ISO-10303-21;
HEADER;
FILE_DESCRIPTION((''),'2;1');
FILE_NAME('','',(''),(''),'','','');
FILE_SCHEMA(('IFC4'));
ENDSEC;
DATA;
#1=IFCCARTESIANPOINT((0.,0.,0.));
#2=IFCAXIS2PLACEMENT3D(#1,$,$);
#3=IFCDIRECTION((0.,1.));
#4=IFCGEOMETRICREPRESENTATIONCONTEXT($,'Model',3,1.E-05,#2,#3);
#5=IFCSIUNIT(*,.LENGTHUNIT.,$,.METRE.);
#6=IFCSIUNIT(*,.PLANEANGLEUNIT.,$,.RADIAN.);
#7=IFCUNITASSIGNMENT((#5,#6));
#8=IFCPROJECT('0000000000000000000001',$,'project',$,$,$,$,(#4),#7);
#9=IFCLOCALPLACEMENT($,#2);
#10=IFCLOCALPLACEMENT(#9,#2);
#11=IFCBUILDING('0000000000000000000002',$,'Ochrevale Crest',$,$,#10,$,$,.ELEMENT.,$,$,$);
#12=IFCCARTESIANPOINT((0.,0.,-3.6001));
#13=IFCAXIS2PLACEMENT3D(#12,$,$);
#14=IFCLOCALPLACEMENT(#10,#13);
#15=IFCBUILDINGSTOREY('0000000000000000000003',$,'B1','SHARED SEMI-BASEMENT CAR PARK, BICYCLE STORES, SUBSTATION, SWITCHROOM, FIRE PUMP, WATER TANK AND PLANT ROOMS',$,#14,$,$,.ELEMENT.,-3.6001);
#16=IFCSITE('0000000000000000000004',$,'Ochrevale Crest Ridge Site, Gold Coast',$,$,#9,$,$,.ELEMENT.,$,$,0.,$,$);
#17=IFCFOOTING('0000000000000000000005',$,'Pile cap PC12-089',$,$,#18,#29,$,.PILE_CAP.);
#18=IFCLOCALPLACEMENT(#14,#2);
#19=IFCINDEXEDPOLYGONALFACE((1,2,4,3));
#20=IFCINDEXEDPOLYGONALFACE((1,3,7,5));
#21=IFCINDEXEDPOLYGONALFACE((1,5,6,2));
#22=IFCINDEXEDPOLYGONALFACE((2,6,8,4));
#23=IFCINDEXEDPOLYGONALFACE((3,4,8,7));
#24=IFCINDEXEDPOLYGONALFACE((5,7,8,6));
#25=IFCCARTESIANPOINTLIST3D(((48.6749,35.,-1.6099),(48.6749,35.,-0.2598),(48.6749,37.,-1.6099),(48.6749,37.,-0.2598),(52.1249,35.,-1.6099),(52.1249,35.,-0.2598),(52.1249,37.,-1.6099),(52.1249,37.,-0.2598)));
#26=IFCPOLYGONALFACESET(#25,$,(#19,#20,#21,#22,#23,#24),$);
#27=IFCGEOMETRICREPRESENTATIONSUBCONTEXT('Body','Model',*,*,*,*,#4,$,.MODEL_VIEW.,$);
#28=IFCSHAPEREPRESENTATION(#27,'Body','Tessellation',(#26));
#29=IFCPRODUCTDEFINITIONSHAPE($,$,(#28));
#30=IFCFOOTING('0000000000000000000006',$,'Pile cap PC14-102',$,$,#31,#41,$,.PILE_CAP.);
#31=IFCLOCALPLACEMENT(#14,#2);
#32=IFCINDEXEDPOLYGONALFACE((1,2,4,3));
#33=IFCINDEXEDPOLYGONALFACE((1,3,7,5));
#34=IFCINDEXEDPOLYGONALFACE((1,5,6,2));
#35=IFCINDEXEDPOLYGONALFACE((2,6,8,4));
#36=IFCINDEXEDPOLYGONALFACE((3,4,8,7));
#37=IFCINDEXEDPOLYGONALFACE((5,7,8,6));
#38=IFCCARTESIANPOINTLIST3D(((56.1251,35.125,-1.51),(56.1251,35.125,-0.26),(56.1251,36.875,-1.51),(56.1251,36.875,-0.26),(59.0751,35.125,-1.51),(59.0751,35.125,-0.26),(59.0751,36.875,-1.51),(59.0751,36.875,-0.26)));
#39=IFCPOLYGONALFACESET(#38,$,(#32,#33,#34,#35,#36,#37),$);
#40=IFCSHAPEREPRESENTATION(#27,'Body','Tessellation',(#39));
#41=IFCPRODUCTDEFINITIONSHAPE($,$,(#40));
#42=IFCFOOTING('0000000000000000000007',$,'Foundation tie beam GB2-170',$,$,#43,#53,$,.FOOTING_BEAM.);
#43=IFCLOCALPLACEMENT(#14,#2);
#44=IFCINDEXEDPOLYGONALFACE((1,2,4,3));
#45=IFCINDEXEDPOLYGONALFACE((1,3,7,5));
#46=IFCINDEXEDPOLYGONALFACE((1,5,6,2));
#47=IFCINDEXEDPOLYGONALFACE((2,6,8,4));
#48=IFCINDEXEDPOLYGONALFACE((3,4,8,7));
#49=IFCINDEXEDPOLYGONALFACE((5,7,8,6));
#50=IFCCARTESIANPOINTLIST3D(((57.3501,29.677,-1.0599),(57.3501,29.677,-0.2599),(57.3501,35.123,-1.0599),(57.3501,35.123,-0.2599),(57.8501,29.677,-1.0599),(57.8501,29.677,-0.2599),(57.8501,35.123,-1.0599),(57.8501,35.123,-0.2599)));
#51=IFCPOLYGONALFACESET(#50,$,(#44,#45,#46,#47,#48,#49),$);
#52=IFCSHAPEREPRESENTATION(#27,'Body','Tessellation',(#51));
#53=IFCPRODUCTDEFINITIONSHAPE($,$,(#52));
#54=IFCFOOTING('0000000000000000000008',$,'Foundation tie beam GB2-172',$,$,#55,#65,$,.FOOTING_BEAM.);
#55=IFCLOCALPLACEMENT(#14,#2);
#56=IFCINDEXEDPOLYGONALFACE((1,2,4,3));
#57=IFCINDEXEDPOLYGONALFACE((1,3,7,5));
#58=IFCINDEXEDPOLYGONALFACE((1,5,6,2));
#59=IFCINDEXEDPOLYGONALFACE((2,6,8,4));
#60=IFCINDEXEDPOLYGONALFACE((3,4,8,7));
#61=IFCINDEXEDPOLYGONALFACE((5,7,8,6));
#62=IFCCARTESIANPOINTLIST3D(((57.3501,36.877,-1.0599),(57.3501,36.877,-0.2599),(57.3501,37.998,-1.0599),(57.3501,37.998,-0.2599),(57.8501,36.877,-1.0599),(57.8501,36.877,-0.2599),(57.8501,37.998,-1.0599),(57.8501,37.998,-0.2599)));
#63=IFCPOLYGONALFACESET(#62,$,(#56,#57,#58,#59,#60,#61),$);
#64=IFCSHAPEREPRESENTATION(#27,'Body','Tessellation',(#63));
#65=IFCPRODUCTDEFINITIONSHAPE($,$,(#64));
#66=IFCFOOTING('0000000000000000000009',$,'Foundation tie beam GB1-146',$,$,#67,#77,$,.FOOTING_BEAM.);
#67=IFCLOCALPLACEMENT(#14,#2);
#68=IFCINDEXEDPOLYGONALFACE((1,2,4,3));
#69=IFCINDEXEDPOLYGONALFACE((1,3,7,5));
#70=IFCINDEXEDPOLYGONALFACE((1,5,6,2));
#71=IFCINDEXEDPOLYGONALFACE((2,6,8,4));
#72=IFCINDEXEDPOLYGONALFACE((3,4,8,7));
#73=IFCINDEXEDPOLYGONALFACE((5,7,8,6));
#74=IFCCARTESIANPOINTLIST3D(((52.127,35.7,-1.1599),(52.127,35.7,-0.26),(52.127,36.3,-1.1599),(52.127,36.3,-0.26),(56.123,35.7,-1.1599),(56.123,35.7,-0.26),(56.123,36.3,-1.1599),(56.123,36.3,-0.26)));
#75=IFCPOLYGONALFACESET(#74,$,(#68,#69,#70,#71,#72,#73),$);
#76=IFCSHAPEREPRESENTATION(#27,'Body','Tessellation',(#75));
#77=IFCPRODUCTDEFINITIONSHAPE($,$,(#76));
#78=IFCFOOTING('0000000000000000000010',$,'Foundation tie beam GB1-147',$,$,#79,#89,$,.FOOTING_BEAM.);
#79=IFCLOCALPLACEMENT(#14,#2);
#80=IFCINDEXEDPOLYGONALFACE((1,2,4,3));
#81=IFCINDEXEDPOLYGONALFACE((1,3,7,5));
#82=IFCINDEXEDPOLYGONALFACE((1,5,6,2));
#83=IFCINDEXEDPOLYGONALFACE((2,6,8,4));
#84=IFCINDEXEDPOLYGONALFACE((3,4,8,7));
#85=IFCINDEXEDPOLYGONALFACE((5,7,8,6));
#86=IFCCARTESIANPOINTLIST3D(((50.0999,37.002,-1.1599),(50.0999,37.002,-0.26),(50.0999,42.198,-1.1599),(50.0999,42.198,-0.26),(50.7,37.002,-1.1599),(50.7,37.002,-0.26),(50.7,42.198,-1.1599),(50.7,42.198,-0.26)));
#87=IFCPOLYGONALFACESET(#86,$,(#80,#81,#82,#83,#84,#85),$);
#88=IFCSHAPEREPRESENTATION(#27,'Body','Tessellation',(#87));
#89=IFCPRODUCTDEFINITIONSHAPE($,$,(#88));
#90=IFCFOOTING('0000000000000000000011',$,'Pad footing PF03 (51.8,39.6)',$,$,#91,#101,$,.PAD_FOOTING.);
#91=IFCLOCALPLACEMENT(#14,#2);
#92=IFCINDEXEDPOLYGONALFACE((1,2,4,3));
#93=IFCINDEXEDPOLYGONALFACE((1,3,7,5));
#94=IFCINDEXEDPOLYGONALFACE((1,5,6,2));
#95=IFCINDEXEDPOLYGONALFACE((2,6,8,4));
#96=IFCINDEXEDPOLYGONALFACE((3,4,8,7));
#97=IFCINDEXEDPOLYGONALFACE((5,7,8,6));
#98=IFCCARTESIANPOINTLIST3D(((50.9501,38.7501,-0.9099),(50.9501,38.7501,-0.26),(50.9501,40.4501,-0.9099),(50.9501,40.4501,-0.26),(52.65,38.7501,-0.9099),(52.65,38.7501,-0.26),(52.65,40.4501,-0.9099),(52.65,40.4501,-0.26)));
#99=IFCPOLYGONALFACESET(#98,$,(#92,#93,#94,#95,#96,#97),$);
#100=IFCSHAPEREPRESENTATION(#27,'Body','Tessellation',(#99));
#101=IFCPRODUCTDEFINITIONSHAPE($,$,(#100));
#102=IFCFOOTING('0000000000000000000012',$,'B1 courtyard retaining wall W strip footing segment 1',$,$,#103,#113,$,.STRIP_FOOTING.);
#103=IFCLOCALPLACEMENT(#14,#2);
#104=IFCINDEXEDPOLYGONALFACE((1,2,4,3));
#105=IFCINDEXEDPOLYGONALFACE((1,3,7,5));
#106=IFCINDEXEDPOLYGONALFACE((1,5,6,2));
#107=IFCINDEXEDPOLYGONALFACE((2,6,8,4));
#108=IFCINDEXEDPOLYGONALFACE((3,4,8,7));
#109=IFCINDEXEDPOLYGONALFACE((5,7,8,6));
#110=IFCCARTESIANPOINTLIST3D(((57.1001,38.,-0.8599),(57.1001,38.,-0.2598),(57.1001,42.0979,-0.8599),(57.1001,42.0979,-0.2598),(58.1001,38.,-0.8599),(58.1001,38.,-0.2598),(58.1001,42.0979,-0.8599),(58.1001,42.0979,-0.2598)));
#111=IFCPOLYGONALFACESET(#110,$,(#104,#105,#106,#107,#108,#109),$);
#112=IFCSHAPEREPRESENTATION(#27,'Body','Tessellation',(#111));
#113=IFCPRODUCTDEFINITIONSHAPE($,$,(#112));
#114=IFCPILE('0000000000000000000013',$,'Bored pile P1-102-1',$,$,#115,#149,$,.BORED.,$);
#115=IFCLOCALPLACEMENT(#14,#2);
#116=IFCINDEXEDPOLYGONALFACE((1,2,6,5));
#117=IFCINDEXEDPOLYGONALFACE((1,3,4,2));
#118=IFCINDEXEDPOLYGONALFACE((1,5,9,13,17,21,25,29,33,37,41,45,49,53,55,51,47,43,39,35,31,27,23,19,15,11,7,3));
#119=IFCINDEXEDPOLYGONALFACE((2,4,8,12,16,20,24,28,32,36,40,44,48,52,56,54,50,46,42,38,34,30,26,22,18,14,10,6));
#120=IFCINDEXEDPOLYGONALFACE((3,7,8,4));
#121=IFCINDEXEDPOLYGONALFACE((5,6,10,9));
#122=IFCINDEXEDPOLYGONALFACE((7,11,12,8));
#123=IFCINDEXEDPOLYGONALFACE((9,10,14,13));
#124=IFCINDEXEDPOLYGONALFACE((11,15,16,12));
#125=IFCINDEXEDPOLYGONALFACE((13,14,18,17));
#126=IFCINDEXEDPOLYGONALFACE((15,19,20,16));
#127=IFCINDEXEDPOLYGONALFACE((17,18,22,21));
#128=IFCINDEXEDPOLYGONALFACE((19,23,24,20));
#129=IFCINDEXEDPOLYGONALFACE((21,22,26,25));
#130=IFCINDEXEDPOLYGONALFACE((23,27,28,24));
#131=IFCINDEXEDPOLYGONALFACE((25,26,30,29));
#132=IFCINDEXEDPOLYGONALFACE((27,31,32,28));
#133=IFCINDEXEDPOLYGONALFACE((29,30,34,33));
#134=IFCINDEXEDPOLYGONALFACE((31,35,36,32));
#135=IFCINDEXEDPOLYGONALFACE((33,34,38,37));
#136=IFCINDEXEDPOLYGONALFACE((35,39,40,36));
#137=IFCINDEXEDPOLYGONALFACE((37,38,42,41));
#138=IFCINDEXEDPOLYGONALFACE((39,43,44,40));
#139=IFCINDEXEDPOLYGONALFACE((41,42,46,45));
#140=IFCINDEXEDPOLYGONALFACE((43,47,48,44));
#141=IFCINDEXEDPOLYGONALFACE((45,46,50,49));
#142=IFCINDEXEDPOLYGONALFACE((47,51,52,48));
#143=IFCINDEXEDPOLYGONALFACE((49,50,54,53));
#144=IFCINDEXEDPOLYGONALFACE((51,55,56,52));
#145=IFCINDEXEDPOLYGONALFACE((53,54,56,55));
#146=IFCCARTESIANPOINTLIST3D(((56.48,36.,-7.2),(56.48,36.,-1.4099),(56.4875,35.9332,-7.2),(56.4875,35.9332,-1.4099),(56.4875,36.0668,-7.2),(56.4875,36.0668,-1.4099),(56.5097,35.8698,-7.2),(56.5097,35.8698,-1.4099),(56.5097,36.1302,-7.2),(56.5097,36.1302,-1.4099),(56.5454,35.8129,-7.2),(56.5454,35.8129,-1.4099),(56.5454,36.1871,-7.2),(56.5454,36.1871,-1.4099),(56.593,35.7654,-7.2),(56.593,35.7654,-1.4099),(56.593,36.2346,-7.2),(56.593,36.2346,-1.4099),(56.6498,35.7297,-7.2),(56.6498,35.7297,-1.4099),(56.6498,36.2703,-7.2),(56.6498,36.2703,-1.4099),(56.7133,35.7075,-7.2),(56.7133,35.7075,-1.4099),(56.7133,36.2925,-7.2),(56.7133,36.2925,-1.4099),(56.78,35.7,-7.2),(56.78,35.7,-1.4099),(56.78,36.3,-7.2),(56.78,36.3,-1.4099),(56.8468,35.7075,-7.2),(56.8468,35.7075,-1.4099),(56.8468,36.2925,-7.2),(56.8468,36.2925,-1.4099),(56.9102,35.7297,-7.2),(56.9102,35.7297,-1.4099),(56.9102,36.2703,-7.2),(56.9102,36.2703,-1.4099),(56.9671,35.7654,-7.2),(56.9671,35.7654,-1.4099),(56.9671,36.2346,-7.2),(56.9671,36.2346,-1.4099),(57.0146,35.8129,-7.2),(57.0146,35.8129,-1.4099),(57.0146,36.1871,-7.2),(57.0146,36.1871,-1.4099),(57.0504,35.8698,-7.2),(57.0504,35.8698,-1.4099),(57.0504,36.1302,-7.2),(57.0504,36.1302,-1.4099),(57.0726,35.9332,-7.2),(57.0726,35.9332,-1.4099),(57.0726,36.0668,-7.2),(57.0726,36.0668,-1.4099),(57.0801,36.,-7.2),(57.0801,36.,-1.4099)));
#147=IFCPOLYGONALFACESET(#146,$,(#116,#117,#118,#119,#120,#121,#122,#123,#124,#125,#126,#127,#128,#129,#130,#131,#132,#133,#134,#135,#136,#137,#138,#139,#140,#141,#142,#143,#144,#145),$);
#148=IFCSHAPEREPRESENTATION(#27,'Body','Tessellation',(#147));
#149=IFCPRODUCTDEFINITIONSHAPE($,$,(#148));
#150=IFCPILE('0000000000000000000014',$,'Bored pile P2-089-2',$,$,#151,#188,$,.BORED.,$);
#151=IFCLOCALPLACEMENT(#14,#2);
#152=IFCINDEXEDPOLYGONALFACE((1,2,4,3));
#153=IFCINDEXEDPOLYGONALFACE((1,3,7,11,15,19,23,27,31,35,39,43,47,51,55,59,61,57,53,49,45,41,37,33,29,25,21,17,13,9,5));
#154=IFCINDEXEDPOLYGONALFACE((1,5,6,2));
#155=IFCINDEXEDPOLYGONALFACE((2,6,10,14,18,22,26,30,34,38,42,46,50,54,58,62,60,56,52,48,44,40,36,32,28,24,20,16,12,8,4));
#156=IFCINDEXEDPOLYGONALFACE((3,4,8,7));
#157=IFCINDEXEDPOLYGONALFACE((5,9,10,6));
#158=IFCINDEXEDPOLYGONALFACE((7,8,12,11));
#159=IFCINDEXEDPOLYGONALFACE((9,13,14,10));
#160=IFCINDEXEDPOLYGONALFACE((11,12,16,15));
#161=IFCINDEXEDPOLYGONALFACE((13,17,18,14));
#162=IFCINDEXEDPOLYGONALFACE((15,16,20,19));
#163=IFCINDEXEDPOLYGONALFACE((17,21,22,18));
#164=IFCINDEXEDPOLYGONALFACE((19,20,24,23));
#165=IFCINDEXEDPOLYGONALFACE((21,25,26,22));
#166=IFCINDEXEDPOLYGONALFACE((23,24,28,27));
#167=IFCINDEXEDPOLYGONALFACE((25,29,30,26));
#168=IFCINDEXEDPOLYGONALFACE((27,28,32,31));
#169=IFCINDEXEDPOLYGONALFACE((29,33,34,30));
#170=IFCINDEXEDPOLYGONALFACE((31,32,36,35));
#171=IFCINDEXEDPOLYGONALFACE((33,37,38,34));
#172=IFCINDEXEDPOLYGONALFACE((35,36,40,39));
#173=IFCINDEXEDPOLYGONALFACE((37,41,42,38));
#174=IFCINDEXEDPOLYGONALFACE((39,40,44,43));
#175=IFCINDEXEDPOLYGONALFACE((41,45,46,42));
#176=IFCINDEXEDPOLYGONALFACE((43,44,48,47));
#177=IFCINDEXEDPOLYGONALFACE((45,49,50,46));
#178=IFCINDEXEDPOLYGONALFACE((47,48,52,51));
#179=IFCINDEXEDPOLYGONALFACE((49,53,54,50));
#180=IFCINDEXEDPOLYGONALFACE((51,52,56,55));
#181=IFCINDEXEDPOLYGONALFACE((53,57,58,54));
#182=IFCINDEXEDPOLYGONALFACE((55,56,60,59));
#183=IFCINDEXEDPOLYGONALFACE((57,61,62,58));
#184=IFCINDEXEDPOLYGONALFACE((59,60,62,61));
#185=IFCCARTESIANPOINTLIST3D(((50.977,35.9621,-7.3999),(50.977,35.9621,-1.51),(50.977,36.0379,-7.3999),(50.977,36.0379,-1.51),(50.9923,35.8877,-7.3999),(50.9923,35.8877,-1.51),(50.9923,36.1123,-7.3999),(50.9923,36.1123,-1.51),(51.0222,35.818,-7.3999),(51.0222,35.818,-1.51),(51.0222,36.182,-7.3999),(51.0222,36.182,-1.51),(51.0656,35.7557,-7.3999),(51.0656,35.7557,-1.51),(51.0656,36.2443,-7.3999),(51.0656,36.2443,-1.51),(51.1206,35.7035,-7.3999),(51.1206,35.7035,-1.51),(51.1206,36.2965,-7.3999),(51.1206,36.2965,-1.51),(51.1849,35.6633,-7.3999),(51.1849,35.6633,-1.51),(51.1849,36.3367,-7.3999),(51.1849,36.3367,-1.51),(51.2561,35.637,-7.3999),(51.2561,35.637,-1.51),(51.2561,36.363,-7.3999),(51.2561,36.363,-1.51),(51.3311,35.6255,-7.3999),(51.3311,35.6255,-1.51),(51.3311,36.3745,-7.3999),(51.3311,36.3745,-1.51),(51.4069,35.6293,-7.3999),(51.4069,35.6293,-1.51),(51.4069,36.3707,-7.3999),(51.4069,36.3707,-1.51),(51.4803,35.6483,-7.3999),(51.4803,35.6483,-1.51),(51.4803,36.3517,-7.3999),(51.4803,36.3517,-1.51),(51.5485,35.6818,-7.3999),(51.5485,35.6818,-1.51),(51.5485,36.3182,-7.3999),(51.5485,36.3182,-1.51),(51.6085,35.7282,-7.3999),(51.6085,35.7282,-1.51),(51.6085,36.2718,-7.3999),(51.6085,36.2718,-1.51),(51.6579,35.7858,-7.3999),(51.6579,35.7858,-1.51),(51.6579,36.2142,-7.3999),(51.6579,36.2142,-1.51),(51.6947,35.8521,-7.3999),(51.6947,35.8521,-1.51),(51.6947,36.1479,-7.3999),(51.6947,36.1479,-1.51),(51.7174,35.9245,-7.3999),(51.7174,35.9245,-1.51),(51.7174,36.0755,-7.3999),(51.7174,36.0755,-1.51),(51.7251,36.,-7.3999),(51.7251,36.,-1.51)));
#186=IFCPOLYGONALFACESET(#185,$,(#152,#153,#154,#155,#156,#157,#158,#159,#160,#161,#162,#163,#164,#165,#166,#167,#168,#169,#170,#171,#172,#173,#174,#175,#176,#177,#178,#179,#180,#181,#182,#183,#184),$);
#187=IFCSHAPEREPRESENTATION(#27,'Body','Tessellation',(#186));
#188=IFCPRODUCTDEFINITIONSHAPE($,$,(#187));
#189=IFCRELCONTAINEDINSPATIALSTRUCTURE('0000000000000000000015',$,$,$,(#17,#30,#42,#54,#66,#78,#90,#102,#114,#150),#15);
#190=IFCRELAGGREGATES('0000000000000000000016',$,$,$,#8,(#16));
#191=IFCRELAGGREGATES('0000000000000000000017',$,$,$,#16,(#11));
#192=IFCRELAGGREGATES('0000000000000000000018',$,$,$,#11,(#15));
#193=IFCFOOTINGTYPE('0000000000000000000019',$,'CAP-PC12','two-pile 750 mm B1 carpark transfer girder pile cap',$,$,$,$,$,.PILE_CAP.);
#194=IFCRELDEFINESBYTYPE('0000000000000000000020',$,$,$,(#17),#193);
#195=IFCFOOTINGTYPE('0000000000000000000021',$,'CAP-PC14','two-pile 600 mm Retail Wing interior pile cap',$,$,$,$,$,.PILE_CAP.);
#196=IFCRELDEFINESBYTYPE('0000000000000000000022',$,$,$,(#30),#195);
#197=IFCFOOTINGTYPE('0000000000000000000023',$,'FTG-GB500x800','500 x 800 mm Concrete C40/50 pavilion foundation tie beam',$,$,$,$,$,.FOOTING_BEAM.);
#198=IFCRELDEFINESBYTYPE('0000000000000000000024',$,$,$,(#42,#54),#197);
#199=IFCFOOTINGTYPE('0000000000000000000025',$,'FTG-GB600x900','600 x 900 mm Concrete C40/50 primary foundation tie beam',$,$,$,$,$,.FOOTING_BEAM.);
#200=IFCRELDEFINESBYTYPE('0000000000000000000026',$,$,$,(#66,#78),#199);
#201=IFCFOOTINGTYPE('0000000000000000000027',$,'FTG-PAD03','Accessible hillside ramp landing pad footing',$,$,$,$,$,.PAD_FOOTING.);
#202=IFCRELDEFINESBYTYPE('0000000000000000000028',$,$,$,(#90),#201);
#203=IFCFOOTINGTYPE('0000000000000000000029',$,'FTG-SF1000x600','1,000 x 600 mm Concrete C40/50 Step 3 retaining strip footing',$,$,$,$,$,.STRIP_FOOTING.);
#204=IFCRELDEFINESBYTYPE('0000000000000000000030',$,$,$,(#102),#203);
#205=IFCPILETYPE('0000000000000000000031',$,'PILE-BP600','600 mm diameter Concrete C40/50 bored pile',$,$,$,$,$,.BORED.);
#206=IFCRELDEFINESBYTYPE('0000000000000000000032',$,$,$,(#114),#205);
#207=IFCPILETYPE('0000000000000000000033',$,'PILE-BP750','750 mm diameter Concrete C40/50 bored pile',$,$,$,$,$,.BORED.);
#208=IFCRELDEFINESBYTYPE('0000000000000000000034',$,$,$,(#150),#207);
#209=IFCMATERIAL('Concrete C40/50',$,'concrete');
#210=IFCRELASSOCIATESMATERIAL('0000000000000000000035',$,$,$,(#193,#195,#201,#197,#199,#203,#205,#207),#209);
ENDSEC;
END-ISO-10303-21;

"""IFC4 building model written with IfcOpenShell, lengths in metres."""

from ifc_helpers import new_model, si_unit, direction, frame, origin, origin_2d, place, context, subcontext, project, spatial, rectangle, circle, extrude, material, material_profile, profile_set, type_object, element, save


model = new_model("IFC4")

# Units and contexts
model_context = context("Model", 3, precision=1e-05, world=origin(), true_north=direction((0.0, 1.0)))
body_context = subcontext(model_context, "Body", "Model", "MODEL_VIEW")
ifc_project = project(units=[si_unit("LENGTHUNIT", "METRE"), si_unit("PLANEANGLEUNIT", "RADIAN")], contexts=[model_context])

# Site, building, storey
site_placement = place(None, origin())
site = spatial("IfcSite", under=ifc_project, at=site_placement, Name="Ochrevale Crest Ridge Site, Gold Coast", CompositionType="ELEMENT", RefElevation=0.0)
building_placement = place(site_placement, origin())
building = spatial("IfcBuilding", under=site, at=building_placement, Name="Ochrevale Crest", CompositionType="ELEMENT")
storey_placement = place(building_placement, frame((0.0, 0.0, -3.6001)))
storey = spatial("IfcBuildingStorey", under=building, at=storey_placement, Name="B1", Description="SHARED SEMI-BASEMENT CAR PARK, BICYCLE STORES, SUBSTATION, SWITCHROOM, FIRE PUMP, WATER TANK AND PLANT ROOMS", CompositionType="ELEMENT", Elevation=-3.6001)

# Footings
ifc_material_1 = material(Name="Concrete C40/50", Category="concrete")
footing_type_1 = type_object("IfcFootingType", Name="CAP-PC12", Description="two-pile 750 mm B1 carpark transfer girder pile cap", PredefinedType="PILE_CAP", material=ifc_material_1)
footing_1_placement = place(storey_placement, frame((50.3999, 36.0, -1.6099), z_axis=(0.0, 0.0, 1.0), x_axis=(1.0, 0.0, 0.0)))
element("IfcFooting", 1, at=footing_1_placement, inside=storey, type_object=footing_type_1, Name="Pile cap PC12-089", PredefinedType="PILE_CAP", context=body_context, shape_type="SweptSolid", body=[
    extrude(rectangle(XDim=3.45, YDim=2.0, at=origin_2d()), origin(), (0.0, 0.0, 1.0), 1.3501),
])
footing_type_2 = type_object("IfcFootingType", Name="CAP-PC14", Description="two-pile 600 mm Retail Wing interior pile cap", PredefinedType="PILE_CAP", material=ifc_material_1)
footing_2_placement = place(storey_placement, frame((57.6001, 36.0, -1.51), z_axis=(0.0, 0.0, 1.0), x_axis=(1.0, 0.0, 0.0)))
element("IfcFooting", 2, at=footing_2_placement, inside=storey, type_object=footing_type_2, Name="Pile cap PC14-102", PredefinedType="PILE_CAP", context=body_context, shape_type="SweptSolid", body=[
    extrude(rectangle(XDim=2.95, YDim=1.75, at=origin_2d()), origin(), (0.0, 0.0, 1.0), 1.25),
])
ifc_material_profile_1 = material_profile(ifc_material_1, rectangle(XDim=0.5, YDim=0.8, at=origin_2d()), Name="GB 500x800")
ifc_profile_set_1 = profile_set([ifc_material_profile_1], Name="Concrete C40/50")
footing_type_3 = type_object("IfcFootingType", Name="FTG-GB500x800", Description="500 x 800 mm Concrete C40/50 pavilion foundation tie beam", PredefinedType="FOOTING_BEAM", material=ifc_profile_set_1)
footing_3_placement = place(storey_placement, frame((57.6001, 29.677, -0.6599), z_axis=(0.0, 1.0, 0.0), x_axis=(-1.0, 0.0, 0.0)))
element("IfcFooting", 3, at=footing_3_placement, inside=storey, type_object=footing_type_3, Name="Foundation tie beam GB2-170", PredefinedType="FOOTING_BEAM", context=body_context, shape_type="SweptSolid", body=[
    extrude(rectangle(XDim=0.5, YDim=0.8, at=origin_2d()), origin(), (0.0, 0.0, 1.0), 5.446),
])
footing_4_placement = place(storey_placement, frame((57.6001, 36.877, -0.6599), z_axis=(0.0, 1.0, 0.0), x_axis=(-1.0, 0.0, 0.0)))
element("IfcFooting", 4, at=footing_4_placement, inside=storey, type_object=footing_type_3, Name="Foundation tie beam GB2-172", PredefinedType="FOOTING_BEAM", context=body_context, shape_type="SweptSolid", body=[
    extrude(rectangle(XDim=0.5, YDim=0.8, at=origin_2d()), origin(), (0.0, 0.0, 1.0), 1.1211),
])
ifc_material_profile_2 = material_profile(ifc_material_1, rectangle(XDim=0.6001, YDim=0.8999, at=origin_2d()), Name="GB 600x900")
ifc_profile_set_2 = profile_set([ifc_material_profile_2], Name="Concrete C40/50")
footing_type_4 = type_object("IfcFootingType", Name="FTG-GB600x900", Description="600 x 900 mm Concrete C40/50 primary foundation tie beam", PredefinedType="FOOTING_BEAM", material=ifc_profile_set_2)
footing_5_placement = place(storey_placement, frame((52.127, 36.0, -0.71), z_axis=(1.0, 0.0, 0.0), x_axis=(0.0, 1.0, 0.0)))
element("IfcFooting", 5, at=footing_5_placement, inside=storey, type_object=footing_type_4, Name="Foundation tie beam GB1-146", PredefinedType="FOOTING_BEAM", context=body_context, shape_type="SweptSolid", body=[
    extrude(rectangle(XDim=0.6001, YDim=0.8999, at=origin_2d()), origin(), (0.0, 0.0, 1.0), 3.9961),
])
footing_6_placement = place(storey_placement, frame((50.3999, 37.002, -0.71), z_axis=(0.0, 1.0, 0.0), x_axis=(-1.0, 0.0, 0.0)))
element("IfcFooting", 6, at=footing_6_placement, inside=storey, type_object=footing_type_4, Name="Foundation tie beam GB1-147", PredefinedType="FOOTING_BEAM", context=body_context, shape_type="SweptSolid", body=[
    extrude(rectangle(XDim=0.6001, YDim=0.8999, at=origin_2d()), origin(), (0.0, 0.0, 1.0), 5.196),
])
footing_type_5 = type_object("IfcFootingType", Name="FTG-PAD03", Description="Accessible hillside ramp landing pad footing", PredefinedType="PAD_FOOTING", material=ifc_material_1)
footing_7_placement = place(storey_placement, frame((51.8, 39.6001, -0.9099), z_axis=(0.0, 0.0, 1.0), x_axis=(1.0, 0.0, 0.0)))
element("IfcFooting", 7, at=footing_7_placement, inside=storey, type_object=footing_type_5, Name="Pad footing PF03 (51.8,39.6)", PredefinedType="PAD_FOOTING", context=body_context, shape_type="SweptSolid", body=[
    extrude(rectangle(XDim=1.7, YDim=1.7, at=origin_2d()), origin(), (0.0, 0.0, 1.0), 0.6499),
])
ifc_material_profile_3 = material_profile(ifc_material_1, rectangle(XDim=1.0, YDim=0.6001, at=origin_2d()), Name="SF 1000x600")
ifc_profile_set_3 = profile_set([ifc_material_profile_3], Name="Concrete C40/50")
footing_type_6 = type_object("IfcFootingType", Name="FTG-SF1000x600", Description="1,000 x 600 mm Concrete C40/50 Step 3 retaining strip footing", PredefinedType="STRIP_FOOTING", material=ifc_profile_set_3)
footing_8_placement = place(storey_placement, frame((57.6001, 38.0, -0.5598), z_axis=(0.0, 1.0, 0.0), x_axis=(-1.0, 0.0, 0.0)))
element("IfcFooting", 8, at=footing_8_placement, inside=storey, type_object=footing_type_6, Name="B1 courtyard retaining wall W strip footing segment 1", PredefinedType="STRIP_FOOTING", context=body_context, shape_type="SweptSolid", body=[
    extrude(rectangle(XDim=1.0, YDim=0.6001, at=origin_2d()), origin(), (0.0, 0.0, 1.0), 4.0979),
])

# Piles
ifc_material_profile_4 = material_profile(ifc_material_1, circle(Radius=0.3, at=origin_2d()), Name="BORED PILE 600")
ifc_profile_set_4 = profile_set([ifc_material_profile_4], Name="Concrete C40/50")
pile_type_1 = type_object("IfcPileType", Name="PILE-BP600", Description="600 mm diameter Concrete C40/50 bored pile", PredefinedType="BORED", material=ifc_profile_set_4)
pile_1_placement = place(storey_placement, frame((56.78, 36.0, -1.4099), z_axis=(0.0, 0.0, -1.0), x_axis=(1.0, 0.0, 0.0)))
element("IfcPile", 9, at=pile_1_placement, inside=storey, type_object=pile_type_1, Name="Bored pile P1-102-1", PredefinedType="BORED", context=body_context, shape_type="SweptSolid", body=[
    extrude(circle(Radius=0.3, at=origin_2d()), origin(), (0.0, 0.0, 1.0), 5.79),
])
ifc_material_profile_5 = material_profile(ifc_material_1, circle(Radius=0.375, at=origin_2d()), Name="BORED PILE 750")
ifc_profile_set_5 = profile_set([ifc_material_profile_5], Name="Concrete C40/50")
pile_type_2 = type_object("IfcPileType", Name="PILE-BP750", Description="750 mm diameter Concrete C40/50 bored pile", PredefinedType="BORED", material=ifc_profile_set_5)
pile_2_placement = place(storey_placement, frame((51.3501, 36.0, -1.51), z_axis=(0.0, 0.0, -1.0), x_axis=(1.0, 0.0, 0.0)))
element("IfcPile", 10, at=pile_2_placement, inside=storey, type_object=pile_type_2, Name="Bored pile P2-089-2", PredefinedType="BORED", context=body_context, shape_type="SweptSolid", body=[
    extrude(circle(Radius=0.375, at=origin_2d()), origin(), (0.0, 0.0, 1.0), 5.8899),
])

save(model, "model.ifc")
